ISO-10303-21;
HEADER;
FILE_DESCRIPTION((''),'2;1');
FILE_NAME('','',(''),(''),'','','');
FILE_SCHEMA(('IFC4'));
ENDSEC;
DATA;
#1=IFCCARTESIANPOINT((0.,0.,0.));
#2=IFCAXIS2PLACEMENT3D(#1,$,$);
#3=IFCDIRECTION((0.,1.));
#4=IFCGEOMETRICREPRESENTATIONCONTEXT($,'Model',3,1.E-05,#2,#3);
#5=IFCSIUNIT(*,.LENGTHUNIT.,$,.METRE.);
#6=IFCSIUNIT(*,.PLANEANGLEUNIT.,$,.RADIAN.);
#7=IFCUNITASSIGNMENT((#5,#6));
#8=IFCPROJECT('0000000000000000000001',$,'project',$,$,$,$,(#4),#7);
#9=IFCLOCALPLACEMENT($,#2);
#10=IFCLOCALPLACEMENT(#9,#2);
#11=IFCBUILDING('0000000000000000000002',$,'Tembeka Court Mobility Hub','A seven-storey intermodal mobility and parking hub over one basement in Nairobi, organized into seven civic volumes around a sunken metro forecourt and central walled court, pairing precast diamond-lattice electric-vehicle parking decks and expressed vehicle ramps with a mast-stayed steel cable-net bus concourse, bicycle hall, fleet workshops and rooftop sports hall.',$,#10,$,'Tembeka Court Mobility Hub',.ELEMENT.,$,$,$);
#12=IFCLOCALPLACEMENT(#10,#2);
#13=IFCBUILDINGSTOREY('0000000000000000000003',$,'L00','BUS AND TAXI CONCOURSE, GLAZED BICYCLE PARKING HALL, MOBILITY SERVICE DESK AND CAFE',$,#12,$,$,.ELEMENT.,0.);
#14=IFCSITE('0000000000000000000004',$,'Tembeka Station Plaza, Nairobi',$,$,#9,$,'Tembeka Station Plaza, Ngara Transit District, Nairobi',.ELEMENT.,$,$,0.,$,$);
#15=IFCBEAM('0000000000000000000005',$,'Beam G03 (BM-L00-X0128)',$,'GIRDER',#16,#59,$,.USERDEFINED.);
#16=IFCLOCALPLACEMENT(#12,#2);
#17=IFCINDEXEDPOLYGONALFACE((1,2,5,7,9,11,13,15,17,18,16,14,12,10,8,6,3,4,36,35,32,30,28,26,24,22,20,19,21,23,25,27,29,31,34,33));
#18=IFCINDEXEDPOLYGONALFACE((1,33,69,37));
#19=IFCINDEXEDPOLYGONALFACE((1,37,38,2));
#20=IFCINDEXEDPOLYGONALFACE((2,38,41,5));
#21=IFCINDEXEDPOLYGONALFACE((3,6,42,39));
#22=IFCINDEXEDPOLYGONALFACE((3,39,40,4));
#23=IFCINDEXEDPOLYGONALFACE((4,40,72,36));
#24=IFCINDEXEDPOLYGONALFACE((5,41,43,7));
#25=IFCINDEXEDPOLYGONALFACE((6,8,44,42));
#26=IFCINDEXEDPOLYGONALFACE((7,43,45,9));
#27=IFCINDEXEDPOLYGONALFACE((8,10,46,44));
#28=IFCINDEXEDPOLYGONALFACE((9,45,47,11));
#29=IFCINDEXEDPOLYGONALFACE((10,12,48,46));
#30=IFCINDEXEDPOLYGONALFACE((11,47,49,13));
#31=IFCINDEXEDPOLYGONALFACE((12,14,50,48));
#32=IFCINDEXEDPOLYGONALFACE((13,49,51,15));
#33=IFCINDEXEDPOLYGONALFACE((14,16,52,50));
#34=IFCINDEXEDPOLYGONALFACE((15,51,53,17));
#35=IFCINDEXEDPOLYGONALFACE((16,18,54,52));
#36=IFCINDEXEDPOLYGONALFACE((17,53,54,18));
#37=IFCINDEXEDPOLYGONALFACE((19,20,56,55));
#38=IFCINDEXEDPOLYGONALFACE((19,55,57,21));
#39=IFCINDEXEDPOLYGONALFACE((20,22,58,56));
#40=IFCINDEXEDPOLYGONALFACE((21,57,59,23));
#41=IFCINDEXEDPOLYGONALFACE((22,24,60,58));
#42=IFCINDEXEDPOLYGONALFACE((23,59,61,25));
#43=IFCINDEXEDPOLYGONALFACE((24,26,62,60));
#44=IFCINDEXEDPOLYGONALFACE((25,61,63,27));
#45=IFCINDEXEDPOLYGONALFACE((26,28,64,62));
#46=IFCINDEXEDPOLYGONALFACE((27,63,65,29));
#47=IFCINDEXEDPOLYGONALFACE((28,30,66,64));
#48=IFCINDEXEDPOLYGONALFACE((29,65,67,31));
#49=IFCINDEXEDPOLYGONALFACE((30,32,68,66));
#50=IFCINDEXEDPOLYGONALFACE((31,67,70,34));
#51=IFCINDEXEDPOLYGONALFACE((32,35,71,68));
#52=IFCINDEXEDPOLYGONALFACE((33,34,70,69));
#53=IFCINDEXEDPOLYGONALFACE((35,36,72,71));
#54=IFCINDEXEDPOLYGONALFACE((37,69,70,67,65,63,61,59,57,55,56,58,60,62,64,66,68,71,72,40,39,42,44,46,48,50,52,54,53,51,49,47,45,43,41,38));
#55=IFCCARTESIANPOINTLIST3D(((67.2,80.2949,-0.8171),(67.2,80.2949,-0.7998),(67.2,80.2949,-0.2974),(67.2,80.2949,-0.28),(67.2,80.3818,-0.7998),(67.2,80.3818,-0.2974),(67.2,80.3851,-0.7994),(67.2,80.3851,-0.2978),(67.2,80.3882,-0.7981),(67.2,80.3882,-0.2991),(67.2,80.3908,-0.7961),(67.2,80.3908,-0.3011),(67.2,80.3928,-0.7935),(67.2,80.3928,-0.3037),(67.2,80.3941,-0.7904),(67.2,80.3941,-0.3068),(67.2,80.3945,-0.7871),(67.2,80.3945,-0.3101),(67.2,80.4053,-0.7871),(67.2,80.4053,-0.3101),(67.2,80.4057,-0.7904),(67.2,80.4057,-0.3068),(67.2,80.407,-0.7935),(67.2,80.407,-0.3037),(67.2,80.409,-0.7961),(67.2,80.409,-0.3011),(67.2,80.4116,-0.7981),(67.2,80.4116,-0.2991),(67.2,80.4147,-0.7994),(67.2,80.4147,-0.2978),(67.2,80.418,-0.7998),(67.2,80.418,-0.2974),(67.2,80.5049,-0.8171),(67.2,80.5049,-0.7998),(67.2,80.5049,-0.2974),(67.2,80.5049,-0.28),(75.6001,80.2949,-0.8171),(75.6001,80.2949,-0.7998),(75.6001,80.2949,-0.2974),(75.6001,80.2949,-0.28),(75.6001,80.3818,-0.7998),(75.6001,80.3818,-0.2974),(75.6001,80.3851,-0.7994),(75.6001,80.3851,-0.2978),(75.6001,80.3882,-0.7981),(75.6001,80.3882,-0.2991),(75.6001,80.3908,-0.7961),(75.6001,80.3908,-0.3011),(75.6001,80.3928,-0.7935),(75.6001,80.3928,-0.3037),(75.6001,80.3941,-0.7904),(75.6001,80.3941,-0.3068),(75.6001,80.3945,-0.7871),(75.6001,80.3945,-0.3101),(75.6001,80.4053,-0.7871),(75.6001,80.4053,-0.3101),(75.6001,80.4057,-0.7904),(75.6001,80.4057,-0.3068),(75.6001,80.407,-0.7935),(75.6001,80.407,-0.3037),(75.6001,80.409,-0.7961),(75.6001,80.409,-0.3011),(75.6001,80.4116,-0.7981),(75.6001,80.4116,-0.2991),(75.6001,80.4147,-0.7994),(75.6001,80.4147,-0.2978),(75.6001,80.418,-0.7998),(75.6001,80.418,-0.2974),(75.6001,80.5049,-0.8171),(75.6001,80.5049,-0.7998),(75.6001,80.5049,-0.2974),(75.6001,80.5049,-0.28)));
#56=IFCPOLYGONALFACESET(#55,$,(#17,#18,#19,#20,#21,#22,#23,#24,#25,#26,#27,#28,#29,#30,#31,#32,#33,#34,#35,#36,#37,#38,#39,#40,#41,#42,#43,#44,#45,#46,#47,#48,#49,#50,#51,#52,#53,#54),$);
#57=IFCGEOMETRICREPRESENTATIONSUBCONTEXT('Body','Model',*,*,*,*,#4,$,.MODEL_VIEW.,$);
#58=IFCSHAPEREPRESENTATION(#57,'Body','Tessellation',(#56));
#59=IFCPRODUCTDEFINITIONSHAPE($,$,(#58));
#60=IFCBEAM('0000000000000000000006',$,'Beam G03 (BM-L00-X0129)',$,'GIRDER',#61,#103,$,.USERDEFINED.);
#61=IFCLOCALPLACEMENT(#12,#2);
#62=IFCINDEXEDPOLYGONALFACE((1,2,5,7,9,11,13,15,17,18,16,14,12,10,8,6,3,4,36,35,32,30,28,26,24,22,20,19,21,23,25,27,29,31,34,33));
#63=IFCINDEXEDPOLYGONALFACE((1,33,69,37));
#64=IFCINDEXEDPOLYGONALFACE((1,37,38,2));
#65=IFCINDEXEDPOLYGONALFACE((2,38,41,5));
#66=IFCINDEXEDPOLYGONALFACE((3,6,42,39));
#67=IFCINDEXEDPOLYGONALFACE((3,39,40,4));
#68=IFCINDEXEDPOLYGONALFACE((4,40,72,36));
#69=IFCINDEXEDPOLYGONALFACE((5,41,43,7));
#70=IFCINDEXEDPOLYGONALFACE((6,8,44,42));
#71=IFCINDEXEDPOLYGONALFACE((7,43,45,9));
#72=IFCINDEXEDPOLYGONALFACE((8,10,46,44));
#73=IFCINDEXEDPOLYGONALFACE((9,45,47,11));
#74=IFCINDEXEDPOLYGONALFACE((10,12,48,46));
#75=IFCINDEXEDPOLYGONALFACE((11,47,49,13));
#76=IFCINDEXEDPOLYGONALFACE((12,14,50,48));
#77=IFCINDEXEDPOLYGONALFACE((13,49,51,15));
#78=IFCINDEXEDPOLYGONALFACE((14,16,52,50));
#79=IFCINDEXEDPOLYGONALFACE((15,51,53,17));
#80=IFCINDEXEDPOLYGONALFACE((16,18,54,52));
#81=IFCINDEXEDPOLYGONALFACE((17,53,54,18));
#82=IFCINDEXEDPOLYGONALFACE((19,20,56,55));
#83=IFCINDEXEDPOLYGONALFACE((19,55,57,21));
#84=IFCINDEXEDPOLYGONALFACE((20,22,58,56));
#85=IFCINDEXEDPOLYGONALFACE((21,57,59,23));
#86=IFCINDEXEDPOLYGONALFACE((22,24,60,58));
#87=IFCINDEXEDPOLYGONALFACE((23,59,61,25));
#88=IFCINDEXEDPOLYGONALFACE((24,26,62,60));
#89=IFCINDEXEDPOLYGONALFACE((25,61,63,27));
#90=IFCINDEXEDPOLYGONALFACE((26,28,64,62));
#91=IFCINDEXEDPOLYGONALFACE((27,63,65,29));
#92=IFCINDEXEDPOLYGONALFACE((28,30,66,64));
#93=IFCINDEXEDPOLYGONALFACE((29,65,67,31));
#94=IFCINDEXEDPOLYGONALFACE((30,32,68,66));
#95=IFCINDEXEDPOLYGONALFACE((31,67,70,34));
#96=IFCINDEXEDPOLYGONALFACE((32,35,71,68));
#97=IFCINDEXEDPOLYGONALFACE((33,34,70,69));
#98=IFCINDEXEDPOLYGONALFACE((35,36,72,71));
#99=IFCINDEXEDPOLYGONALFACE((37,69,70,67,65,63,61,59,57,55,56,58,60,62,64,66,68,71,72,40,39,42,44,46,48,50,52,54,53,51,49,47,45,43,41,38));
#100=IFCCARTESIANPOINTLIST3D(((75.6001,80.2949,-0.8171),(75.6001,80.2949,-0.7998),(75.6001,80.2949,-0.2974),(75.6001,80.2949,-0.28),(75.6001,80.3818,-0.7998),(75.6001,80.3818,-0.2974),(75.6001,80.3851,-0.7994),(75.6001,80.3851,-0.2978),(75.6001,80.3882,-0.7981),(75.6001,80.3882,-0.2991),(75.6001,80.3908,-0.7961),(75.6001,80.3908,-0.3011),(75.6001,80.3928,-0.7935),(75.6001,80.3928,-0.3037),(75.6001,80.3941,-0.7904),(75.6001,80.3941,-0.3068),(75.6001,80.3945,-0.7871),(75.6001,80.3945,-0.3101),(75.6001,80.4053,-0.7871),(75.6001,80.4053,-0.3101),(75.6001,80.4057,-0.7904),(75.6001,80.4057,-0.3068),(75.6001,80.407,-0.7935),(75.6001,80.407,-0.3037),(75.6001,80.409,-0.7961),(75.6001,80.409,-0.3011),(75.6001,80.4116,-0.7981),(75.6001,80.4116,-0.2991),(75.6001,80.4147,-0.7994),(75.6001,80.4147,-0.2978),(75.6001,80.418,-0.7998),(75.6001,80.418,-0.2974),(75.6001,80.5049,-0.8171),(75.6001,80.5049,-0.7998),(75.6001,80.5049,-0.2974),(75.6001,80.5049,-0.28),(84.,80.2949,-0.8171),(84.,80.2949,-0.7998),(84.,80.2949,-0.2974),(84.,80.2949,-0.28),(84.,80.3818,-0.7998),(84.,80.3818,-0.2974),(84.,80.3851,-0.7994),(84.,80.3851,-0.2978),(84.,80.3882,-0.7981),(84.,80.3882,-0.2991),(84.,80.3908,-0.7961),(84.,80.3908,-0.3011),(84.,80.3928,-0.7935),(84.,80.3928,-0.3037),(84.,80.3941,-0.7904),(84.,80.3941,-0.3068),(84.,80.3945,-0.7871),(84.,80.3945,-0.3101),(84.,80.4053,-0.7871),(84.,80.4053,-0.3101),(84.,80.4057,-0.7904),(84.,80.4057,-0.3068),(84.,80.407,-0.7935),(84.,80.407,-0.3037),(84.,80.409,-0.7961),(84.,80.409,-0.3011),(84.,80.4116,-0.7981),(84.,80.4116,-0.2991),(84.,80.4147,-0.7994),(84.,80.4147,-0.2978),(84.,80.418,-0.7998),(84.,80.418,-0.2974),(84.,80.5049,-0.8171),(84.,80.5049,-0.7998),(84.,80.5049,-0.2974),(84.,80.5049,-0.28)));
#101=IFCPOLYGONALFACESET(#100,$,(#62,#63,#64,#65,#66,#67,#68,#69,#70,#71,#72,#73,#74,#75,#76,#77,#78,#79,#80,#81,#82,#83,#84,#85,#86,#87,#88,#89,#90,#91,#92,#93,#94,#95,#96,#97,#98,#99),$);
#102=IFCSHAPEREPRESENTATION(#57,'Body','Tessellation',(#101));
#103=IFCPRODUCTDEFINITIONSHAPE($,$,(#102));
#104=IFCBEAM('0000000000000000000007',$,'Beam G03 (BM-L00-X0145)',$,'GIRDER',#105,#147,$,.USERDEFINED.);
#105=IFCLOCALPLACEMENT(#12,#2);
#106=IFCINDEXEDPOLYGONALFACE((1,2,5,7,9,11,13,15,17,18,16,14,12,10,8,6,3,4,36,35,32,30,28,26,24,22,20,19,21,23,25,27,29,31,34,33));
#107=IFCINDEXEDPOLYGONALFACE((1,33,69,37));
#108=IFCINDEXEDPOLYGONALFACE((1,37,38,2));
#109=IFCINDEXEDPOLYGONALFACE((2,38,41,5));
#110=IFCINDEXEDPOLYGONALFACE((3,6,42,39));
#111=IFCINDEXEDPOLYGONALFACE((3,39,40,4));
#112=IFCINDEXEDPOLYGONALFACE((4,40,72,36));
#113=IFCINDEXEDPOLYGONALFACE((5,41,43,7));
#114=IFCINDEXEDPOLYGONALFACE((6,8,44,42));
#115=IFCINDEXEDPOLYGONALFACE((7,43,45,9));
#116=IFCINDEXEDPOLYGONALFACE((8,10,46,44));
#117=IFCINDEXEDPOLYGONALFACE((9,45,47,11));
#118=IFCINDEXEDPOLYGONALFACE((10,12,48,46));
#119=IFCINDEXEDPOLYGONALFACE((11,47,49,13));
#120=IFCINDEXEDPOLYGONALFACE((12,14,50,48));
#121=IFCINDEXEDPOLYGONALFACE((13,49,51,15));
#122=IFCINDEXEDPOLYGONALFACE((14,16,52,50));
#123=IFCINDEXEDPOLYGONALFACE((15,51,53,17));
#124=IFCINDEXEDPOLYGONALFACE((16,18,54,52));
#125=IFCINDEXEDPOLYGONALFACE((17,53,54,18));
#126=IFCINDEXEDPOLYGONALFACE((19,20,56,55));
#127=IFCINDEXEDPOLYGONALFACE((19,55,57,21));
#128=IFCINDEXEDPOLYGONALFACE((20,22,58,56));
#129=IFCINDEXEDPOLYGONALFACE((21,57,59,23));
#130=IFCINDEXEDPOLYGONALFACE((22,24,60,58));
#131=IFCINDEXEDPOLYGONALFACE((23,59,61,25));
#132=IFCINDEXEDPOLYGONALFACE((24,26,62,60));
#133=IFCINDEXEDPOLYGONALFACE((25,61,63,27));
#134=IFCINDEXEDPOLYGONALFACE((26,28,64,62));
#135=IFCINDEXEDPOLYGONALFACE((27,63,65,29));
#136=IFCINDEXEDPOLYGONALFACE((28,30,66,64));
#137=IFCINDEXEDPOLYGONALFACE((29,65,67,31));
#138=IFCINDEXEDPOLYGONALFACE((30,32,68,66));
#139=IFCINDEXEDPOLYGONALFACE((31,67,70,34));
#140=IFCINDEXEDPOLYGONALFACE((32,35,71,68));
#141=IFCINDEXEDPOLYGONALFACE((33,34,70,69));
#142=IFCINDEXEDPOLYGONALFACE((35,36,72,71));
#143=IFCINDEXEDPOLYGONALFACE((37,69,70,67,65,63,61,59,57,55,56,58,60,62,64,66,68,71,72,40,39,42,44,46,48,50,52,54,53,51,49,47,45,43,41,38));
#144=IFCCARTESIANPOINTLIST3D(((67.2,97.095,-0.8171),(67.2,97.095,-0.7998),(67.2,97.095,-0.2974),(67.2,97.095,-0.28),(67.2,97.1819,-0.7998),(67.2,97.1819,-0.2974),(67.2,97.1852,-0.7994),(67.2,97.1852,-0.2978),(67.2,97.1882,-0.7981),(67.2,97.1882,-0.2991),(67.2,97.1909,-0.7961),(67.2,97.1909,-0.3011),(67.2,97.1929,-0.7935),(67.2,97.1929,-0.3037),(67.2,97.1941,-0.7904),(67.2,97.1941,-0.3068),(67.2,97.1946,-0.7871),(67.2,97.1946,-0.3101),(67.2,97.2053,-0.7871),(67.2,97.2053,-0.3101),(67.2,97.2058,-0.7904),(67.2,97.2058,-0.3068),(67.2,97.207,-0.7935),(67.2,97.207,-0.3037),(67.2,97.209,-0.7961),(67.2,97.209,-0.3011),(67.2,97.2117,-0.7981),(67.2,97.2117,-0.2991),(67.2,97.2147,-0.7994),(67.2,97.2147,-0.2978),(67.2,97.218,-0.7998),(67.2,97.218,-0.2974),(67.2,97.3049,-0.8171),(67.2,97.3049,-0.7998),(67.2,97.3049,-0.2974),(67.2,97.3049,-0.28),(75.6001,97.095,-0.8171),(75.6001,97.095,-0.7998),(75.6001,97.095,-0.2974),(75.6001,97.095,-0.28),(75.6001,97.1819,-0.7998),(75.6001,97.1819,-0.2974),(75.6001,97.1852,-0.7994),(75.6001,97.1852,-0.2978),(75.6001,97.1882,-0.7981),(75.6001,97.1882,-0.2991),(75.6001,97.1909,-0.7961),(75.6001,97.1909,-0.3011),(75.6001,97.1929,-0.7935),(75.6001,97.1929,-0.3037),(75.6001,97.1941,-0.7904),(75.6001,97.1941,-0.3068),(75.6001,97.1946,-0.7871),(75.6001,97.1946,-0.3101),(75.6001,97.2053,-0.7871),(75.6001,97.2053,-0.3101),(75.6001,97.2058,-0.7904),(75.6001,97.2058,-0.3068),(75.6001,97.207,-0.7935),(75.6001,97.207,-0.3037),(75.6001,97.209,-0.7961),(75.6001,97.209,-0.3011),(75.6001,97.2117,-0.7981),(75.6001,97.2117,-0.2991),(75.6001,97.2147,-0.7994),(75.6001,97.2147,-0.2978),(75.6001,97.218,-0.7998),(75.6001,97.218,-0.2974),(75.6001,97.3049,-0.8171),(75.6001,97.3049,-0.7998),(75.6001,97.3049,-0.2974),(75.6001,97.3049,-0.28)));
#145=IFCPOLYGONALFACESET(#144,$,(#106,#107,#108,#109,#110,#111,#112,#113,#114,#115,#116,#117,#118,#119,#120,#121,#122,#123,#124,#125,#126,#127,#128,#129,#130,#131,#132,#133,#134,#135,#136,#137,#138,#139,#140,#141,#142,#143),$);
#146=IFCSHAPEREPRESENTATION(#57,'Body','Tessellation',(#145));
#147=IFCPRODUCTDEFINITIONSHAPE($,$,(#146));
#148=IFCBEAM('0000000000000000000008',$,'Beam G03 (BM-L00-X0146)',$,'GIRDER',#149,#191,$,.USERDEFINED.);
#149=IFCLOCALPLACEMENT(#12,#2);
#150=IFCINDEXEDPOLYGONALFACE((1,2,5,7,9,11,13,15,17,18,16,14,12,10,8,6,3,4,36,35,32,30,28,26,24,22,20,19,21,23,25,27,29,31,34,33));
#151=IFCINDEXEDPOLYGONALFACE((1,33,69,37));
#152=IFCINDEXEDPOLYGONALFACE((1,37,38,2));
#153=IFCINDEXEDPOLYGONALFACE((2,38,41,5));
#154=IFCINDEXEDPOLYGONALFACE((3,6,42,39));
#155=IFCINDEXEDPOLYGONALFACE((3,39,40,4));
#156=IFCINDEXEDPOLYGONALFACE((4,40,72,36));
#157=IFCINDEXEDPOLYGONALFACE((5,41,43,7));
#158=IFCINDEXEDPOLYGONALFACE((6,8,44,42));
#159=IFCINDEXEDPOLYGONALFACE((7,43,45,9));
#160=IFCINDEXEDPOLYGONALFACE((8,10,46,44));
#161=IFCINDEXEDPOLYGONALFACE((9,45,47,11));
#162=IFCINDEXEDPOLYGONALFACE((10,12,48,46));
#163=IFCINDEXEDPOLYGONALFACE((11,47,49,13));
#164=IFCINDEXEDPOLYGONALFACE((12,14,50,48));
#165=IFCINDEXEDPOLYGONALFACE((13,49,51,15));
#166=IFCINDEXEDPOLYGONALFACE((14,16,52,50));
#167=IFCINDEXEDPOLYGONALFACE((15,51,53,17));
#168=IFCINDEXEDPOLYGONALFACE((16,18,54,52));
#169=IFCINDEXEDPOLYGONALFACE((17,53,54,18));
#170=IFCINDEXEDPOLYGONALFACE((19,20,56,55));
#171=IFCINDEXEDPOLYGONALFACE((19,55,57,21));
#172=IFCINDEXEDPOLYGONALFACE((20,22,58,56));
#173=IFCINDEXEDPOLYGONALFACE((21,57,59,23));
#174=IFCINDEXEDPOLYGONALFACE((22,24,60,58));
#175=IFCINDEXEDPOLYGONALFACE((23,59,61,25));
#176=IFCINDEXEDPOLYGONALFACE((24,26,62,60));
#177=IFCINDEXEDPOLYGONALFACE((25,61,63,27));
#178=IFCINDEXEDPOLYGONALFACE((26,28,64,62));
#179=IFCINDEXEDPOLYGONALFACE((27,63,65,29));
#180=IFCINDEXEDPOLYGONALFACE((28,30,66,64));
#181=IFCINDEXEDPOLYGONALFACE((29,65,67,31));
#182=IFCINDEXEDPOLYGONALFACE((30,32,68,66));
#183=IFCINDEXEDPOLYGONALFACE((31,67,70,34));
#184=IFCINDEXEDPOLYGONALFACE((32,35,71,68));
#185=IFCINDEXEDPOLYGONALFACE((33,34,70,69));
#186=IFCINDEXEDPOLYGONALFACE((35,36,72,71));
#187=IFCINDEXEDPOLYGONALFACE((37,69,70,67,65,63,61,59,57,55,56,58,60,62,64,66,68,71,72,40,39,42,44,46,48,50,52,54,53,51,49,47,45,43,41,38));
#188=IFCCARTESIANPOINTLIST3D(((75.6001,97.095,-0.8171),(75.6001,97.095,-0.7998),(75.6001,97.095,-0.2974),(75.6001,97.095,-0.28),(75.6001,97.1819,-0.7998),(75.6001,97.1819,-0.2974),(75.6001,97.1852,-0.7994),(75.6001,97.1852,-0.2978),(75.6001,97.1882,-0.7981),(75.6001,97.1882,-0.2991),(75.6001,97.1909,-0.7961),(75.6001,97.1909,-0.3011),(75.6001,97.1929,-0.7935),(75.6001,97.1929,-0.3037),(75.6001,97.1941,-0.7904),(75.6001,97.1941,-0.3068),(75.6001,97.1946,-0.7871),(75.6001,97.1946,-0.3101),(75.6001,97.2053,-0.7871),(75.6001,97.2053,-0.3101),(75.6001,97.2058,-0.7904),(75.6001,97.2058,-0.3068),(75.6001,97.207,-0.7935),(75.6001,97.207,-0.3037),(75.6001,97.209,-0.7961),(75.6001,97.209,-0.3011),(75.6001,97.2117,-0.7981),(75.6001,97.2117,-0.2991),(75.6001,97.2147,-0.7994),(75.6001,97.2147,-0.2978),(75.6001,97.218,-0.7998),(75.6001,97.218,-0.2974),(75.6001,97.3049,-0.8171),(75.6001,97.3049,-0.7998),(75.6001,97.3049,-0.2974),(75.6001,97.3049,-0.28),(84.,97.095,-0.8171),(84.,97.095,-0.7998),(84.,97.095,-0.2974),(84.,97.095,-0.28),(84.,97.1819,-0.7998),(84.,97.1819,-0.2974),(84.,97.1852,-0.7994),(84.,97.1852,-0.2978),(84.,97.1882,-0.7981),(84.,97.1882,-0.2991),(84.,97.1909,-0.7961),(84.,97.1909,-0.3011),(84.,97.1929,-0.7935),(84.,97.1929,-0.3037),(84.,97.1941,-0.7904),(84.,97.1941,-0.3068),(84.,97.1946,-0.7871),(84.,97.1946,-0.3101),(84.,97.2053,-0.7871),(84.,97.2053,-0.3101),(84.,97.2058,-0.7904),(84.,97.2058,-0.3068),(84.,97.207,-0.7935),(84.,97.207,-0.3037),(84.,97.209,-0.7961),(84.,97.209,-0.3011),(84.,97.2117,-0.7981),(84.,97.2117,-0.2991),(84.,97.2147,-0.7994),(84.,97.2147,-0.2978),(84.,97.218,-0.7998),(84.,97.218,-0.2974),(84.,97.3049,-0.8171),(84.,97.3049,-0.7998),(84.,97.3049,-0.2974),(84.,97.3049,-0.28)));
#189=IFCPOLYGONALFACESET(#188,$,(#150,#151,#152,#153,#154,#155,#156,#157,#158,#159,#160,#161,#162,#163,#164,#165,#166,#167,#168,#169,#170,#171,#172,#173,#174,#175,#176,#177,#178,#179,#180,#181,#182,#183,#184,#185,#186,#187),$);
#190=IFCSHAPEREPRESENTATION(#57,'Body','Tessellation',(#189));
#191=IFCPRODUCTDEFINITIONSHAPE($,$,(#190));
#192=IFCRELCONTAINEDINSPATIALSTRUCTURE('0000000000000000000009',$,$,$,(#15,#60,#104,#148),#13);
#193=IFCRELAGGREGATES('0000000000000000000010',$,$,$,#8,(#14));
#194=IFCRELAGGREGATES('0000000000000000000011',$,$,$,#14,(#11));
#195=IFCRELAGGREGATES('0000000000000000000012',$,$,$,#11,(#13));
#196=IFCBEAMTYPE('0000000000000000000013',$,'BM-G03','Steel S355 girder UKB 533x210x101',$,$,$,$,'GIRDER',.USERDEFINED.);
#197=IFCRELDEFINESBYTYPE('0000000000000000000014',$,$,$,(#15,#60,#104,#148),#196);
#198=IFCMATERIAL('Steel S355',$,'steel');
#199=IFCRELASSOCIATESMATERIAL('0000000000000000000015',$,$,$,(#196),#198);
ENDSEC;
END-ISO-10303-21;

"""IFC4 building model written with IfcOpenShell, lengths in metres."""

from ifc_helpers import new_model, si_unit, direction, frame, origin, origin_2d, place, context, subcontext, project, spatial, i_section, extrude, material, material_profile, profile_set, type_object, element, save


model = new_model("IFC4")

# Units and contexts
model_context = context("Model", 3, precision=1e-05, world=origin(), true_north=direction((0.0, 1.0)))
body_context = subcontext(model_context, "Body", "Model", "MODEL_VIEW")
ifc_project = project(units=[si_unit("LENGTHUNIT", "METRE"), si_unit("PLANEANGLEUNIT", "RADIAN")], contexts=[model_context])

# Site, building, storey
site_placement = place(None, origin())
site = spatial("IfcSite", under=ifc_project, at=site_placement, Name="Tembeka Station Plaza, Nairobi", LongName="Tembeka Station Plaza, Ngara Transit District, Nairobi", CompositionType="ELEMENT", RefElevation=0.0)
building_placement = place(site_placement, origin())
building = spatial("IfcBuilding", under=site, at=building_placement, Name="Tembeka Court Mobility Hub", Description="A seven-storey intermodal mobility and parking hub over one basement in Nairobi, organized into seven civic volumes around a sunken metro forecourt and central walled court, pairing precast diamond-lattice electric-vehicle parking decks and expressed vehicle ramps with a mast-stayed steel cable-net bus concourse, bicycle hall, fleet workshops and rooftop sports hall.", LongName="Tembeka Court Mobility Hub", CompositionType="ELEMENT")
storey_placement = place(building_placement, origin())
storey = spatial("IfcBuildingStorey", under=building, at=storey_placement, Name="L00", Description="BUS AND TAXI CONCOURSE, GLAZED BICYCLE PARKING HALL, MOBILITY SERVICE DESK AND CAFE", CompositionType="ELEMENT", Elevation=0.0)

# Shared definitions
ifc_material_1 = material(Name="Steel S355", Category="steel")

# Beams
ifc_material_profile_1 = material_profile(ifc_material_1, i_section(OverallWidth=0.21, OverallDepth=0.5371, WebThickness=0.0107, FlangeThickness=0.0173, FilletRadius=0.0127, at=origin_2d()), Name="UKB 533x210x101")
ifc_profile_set_1 = profile_set([ifc_material_profile_1], Name="Steel S355")
beam_type_1 = type_object("IfcBeamType", Name="BM-G03", Description="Steel S355 girder UKB 533x210x101", ElementType="GIRDER", PredefinedType="USERDEFINED", material=ifc_profile_set_1)
beam_1_placement = place(storey_placement, frame((67.2, 80.3999, -0.5486), z_axis=(1.0, 0.0, 0.0), x_axis=(0.0, 1.0, 0.0)))
element("IfcBeam", 1, at=beam_1_placement, inside=storey, type_object=beam_type_1, Name="Beam G03 (BM-L00-X0128)", ObjectType="GIRDER", PredefinedType="USERDEFINED", context=body_context, shape_type="SweptSolid", body=[
    extrude(i_section(OverallWidth=0.21, OverallDepth=0.5371, WebThickness=0.0107, FlangeThickness=0.0173, FilletRadius=0.0127, at=origin_2d()), origin(), (0.0, 0.0, 1.0), 8.4001),
])
beam_2_placement = place(storey_placement, frame((75.6001, 80.3999, -0.5486), z_axis=(1.0, 0.0, 0.0), x_axis=(0.0, 1.0, 0.0)))
element("IfcBeam", 2, at=beam_2_placement, inside=storey, type_object=beam_type_1, Name="Beam G03 (BM-L00-X0129)", ObjectType="GIRDER", PredefinedType="USERDEFINED", context=body_context, shape_type="SweptSolid", body=[
    extrude(i_section(OverallWidth=0.21, OverallDepth=0.5371, WebThickness=0.0107, FlangeThickness=0.0173, FilletRadius=0.0127, at=origin_2d()), origin(), (0.0, 0.0, 1.0), 8.3999),
])
beam_3_placement = place(storey_placement, frame((67.2, 97.2, -0.5486), z_axis=(1.0, 0.0, 0.0), x_axis=(0.0, 1.0, 0.0)))
element("IfcBeam", 3, at=beam_3_placement, inside=storey, type_object=beam_type_1, Name="Beam G03 (BM-L00-X0145)", ObjectType="GIRDER", PredefinedType="USERDEFINED", context=body_context, shape_type="SweptSolid", body=[
    extrude(i_section(OverallWidth=0.21, OverallDepth=0.5371, WebThickness=0.0107, FlangeThickness=0.0173, FilletRadius=0.0127, at=origin_2d()), origin(), (0.0, 0.0, 1.0), 8.4001),
])
beam_4_placement = place(storey_placement, frame((75.6001, 97.2, -0.5486), z_axis=(1.0, 0.0, 0.0), x_axis=(0.0, 1.0, 0.0)))
element("IfcBeam", 4, at=beam_4_placement, inside=storey, type_object=beam_type_1, Name="Beam G03 (BM-L00-X0146)", ObjectType="GIRDER", PredefinedType="USERDEFINED", context=body_context, shape_type="SweptSolid", body=[
    extrude(i_section(OverallWidth=0.21, OverallDepth=0.5371, WebThickness=0.0107, FlangeThickness=0.0173, FilletRadius=0.0127, at=origin_2d()), origin(), (0.0, 0.0, 1.0), 8.3999),
])

save(model, "model.ifc")
